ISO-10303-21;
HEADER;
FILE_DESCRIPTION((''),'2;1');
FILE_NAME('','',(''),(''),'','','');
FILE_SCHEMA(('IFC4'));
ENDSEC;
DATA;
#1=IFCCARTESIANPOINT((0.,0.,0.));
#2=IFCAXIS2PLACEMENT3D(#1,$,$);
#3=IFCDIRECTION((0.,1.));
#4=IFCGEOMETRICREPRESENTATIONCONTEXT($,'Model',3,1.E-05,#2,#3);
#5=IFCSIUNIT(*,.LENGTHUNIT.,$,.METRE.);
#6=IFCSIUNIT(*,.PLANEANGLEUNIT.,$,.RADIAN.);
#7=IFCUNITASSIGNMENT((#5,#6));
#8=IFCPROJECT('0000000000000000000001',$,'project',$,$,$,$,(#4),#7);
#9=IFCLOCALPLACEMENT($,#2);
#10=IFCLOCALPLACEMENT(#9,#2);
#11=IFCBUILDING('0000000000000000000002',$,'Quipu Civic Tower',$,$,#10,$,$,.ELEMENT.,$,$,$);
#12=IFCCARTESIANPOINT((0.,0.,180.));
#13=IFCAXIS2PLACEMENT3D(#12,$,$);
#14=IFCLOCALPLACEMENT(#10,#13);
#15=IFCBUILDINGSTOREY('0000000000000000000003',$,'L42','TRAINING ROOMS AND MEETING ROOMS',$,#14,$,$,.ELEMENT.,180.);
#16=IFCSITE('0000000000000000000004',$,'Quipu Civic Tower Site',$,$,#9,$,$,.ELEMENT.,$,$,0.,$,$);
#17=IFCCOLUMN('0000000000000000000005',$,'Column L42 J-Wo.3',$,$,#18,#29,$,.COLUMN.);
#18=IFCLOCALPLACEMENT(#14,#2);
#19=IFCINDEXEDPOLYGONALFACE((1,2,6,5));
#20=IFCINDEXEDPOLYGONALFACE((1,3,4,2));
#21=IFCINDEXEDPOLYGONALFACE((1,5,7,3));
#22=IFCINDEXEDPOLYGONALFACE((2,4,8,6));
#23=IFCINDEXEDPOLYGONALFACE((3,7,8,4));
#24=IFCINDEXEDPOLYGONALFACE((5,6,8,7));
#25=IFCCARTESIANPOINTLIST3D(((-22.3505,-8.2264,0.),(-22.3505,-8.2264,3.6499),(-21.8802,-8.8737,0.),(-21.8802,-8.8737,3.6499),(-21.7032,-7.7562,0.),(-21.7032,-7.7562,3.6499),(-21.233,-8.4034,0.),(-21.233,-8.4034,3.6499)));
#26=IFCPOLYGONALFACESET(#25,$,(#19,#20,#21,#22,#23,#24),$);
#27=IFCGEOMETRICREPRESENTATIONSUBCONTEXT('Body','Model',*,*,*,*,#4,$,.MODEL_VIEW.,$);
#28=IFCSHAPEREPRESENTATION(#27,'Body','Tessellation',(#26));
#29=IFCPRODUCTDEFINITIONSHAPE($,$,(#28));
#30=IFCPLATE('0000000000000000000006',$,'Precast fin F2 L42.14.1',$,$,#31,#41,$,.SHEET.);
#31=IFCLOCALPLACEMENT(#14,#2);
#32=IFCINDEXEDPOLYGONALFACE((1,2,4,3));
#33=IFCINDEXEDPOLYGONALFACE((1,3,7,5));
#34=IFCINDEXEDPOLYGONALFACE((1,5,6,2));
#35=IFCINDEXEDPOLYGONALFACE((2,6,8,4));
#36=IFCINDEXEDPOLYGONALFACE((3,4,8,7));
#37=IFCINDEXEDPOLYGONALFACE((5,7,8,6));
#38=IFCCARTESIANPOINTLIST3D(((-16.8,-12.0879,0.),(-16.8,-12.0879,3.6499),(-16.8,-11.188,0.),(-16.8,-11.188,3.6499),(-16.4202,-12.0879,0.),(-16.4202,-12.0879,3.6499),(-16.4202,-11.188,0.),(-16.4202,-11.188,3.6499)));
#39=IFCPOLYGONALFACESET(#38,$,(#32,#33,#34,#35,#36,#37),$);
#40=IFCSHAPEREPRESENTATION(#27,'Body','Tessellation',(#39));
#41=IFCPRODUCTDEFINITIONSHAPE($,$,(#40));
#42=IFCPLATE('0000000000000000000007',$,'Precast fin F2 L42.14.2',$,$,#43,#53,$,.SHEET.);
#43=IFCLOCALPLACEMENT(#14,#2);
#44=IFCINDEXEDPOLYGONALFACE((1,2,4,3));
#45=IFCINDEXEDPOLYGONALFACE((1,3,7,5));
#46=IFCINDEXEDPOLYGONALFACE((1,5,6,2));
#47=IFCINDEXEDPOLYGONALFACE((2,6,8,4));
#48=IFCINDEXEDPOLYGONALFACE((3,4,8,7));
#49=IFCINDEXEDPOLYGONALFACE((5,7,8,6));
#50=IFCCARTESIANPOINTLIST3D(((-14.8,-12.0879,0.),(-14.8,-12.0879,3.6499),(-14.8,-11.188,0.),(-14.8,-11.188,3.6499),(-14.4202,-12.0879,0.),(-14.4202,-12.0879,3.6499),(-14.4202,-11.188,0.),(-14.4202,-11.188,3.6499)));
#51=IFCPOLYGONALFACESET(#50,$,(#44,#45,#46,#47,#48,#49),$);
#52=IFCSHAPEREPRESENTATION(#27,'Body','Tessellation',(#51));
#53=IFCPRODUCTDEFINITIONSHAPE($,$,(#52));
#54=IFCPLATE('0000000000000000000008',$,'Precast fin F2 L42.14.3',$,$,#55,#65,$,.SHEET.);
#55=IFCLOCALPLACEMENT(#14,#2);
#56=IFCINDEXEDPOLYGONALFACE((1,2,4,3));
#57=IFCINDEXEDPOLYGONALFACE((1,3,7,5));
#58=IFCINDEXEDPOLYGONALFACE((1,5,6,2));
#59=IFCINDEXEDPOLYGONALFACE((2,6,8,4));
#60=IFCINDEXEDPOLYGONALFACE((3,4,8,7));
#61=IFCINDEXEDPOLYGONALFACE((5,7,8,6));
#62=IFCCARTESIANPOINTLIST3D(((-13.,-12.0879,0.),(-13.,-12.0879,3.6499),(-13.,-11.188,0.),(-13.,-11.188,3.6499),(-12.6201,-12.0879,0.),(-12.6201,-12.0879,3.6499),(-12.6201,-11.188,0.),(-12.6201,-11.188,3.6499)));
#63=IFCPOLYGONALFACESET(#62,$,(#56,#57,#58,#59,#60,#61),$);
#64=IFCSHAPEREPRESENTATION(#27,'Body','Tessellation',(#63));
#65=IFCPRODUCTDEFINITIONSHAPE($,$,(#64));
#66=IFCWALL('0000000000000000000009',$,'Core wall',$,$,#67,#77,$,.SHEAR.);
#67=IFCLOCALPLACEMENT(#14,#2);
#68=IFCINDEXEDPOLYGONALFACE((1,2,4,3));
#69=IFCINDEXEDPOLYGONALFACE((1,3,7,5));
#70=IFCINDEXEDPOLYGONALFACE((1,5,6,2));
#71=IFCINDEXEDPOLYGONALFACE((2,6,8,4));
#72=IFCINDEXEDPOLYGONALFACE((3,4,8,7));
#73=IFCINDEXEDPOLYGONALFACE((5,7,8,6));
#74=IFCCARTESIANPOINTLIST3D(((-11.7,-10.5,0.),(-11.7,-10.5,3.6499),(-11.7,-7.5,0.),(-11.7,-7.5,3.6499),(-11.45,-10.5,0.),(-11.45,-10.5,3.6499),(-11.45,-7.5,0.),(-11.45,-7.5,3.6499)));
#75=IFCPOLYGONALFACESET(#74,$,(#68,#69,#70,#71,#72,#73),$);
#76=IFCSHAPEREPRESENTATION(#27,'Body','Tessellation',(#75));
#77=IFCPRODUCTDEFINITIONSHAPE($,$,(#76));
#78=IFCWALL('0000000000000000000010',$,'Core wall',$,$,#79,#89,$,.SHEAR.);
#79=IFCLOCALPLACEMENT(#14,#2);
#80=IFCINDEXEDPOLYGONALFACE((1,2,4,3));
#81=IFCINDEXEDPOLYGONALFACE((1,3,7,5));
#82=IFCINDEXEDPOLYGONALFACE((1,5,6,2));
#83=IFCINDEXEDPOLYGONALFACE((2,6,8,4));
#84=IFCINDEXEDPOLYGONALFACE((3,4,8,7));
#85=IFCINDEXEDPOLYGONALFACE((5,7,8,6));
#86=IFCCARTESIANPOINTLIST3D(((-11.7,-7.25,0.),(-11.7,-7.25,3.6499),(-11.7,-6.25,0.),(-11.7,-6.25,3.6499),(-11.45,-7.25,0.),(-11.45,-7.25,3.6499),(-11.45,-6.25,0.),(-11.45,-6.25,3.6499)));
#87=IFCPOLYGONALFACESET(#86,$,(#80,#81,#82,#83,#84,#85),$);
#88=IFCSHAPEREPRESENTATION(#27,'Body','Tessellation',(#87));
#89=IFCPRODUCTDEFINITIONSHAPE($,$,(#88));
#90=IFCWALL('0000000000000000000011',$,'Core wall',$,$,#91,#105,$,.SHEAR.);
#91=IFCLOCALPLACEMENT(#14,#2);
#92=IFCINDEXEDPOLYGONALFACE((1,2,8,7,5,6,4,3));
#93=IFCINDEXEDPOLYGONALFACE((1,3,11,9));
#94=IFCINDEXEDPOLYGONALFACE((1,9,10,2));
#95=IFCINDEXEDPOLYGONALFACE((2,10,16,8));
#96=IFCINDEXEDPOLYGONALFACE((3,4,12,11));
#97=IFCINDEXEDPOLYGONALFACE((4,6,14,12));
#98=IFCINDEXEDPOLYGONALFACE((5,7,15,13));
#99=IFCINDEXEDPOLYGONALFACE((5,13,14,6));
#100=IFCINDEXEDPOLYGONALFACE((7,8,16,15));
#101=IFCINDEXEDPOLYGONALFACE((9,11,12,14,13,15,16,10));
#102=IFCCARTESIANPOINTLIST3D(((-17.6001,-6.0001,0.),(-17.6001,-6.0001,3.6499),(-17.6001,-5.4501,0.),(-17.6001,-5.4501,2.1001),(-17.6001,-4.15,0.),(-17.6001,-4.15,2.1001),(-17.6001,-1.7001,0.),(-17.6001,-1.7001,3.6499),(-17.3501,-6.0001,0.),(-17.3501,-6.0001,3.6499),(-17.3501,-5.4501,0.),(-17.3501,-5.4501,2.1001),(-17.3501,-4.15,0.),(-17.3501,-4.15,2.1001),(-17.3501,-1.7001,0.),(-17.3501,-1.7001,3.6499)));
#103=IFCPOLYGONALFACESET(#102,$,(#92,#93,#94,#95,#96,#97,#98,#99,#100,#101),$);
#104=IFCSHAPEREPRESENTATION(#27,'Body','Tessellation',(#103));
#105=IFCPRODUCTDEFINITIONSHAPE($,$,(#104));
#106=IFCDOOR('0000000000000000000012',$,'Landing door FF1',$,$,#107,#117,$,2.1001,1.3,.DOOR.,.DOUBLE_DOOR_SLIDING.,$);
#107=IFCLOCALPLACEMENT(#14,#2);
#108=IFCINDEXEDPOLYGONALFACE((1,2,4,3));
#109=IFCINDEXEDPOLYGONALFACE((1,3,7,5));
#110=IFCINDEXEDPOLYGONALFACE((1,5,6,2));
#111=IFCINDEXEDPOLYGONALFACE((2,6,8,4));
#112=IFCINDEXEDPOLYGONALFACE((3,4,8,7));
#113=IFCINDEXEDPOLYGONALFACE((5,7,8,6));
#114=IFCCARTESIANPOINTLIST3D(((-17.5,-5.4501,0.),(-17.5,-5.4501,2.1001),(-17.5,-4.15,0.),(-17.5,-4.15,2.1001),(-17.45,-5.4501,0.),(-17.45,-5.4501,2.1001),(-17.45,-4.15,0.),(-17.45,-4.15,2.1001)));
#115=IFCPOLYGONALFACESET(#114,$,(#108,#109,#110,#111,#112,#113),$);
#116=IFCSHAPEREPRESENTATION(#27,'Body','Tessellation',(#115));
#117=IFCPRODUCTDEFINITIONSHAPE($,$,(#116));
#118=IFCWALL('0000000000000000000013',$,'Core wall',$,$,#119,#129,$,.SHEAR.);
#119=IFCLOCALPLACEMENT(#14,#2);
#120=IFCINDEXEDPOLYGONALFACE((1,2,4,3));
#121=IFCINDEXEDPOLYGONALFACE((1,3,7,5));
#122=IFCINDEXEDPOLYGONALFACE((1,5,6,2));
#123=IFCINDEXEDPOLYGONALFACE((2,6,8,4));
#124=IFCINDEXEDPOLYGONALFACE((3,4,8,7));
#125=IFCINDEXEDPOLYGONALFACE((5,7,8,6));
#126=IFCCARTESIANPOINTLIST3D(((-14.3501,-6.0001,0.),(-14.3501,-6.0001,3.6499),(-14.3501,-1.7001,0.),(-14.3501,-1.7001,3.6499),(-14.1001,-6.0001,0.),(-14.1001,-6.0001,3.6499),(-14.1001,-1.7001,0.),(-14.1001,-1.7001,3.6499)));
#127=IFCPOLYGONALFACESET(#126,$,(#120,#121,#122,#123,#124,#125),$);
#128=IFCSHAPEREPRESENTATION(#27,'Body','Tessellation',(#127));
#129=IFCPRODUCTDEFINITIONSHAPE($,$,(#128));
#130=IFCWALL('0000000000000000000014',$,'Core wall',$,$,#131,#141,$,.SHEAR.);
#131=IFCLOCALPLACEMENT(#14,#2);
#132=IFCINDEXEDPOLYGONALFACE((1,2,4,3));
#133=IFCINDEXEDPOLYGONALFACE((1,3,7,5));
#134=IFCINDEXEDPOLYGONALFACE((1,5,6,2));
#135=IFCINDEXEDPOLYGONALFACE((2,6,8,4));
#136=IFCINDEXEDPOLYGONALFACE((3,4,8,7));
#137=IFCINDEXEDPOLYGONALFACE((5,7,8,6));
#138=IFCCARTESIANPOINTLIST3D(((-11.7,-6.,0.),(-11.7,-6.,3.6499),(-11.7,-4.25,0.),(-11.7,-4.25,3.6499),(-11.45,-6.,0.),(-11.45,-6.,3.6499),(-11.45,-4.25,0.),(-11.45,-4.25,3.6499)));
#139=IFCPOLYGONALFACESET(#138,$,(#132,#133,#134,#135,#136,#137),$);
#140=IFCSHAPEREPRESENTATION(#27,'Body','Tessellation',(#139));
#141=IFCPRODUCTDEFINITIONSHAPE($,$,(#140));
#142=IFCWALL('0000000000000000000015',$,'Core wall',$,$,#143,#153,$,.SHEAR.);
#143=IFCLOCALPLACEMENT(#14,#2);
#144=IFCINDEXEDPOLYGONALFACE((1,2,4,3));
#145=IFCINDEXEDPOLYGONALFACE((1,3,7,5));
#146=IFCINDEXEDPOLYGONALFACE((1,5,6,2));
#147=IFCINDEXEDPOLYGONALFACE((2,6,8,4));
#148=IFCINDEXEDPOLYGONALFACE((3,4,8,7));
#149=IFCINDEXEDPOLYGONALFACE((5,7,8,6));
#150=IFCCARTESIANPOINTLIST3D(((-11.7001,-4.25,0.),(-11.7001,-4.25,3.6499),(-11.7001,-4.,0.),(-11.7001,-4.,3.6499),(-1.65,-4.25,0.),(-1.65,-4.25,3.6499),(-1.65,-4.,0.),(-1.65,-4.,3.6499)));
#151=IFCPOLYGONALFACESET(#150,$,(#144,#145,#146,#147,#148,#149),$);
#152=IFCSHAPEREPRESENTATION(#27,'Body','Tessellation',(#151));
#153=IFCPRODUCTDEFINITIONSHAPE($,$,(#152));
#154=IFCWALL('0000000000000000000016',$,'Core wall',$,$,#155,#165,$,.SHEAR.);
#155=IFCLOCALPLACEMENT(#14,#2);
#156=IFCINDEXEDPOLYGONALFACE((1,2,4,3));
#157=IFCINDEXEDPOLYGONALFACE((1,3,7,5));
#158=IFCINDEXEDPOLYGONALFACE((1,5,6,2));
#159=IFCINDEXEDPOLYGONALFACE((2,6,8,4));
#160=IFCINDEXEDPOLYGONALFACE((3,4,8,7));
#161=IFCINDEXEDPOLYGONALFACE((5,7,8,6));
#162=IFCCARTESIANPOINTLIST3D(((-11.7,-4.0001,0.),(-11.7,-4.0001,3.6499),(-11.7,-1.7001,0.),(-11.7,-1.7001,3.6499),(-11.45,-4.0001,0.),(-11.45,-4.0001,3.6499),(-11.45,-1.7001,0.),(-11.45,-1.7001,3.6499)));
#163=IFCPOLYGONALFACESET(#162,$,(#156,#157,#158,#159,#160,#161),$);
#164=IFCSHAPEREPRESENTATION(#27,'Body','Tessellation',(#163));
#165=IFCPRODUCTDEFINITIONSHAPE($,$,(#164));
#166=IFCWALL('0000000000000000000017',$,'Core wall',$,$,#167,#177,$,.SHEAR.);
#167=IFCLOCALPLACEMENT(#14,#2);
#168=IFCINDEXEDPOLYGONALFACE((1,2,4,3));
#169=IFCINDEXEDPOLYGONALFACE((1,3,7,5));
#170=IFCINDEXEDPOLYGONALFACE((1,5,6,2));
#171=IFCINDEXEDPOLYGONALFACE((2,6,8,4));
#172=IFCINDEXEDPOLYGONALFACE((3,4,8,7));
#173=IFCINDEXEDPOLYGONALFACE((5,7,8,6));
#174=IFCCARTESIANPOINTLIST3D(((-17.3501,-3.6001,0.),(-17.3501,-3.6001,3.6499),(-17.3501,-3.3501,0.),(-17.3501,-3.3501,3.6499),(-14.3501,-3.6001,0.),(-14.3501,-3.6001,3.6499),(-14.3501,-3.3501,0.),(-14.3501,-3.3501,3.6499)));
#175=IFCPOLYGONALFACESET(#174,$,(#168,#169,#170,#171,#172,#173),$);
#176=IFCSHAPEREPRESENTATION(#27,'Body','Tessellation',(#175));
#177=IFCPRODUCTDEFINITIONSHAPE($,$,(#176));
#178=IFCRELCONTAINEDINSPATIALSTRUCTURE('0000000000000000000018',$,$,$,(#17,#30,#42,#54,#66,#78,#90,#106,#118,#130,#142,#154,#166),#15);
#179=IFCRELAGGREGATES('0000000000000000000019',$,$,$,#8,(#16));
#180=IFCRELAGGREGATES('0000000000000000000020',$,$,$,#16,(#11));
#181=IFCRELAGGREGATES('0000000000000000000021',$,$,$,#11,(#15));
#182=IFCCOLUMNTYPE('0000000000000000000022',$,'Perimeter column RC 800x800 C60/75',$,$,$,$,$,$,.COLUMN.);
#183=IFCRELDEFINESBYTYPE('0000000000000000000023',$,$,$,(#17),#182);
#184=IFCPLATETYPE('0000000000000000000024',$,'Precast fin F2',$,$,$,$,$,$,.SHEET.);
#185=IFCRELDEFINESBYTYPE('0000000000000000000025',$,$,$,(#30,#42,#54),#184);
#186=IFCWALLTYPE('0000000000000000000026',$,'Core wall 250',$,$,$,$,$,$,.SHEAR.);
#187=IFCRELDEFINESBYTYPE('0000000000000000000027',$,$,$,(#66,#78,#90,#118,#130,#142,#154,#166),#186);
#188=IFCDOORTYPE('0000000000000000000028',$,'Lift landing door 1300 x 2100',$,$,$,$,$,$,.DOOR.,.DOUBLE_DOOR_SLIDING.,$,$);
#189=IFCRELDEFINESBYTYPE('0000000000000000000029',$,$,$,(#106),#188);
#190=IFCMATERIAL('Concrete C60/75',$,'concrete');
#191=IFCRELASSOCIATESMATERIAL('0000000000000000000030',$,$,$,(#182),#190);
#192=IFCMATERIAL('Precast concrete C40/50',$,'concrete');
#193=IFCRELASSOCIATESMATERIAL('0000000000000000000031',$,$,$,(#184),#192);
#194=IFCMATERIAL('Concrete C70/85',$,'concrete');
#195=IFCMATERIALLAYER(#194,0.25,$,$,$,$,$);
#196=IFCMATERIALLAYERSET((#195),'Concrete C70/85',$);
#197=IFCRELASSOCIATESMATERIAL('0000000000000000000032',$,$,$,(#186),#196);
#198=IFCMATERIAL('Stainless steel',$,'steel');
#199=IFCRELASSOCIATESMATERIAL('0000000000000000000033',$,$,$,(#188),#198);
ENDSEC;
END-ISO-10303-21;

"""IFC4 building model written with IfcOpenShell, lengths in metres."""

from ifc_helpers import new_model, si_unit, direction, frame, frame_2d, origin, origin_2d, place, context, subcontext, project, spatial, rectangle, extrude, material, layer, layer_set, material_profile, profile_set, type_object, element, fill, save


model = new_model("IFC4")

# Units and contexts
model_context = context("Model", 3, precision=1e-05, world=origin(), true_north=direction((0.0, 1.0)))
body_context = subcontext(model_context, "Body", "Model", "MODEL_VIEW")
ifc_project = project(units=[si_unit("LENGTHUNIT", "METRE"), si_unit("PLANEANGLEUNIT", "RADIAN")], contexts=[model_context])

# Site, building, storey
site_placement = place(None, origin())
site = spatial("IfcSite", under=ifc_project, at=site_placement, Name="Quipu Civic Tower Site", CompositionType="ELEMENT", RefElevation=0.0)
building_placement = place(site_placement, origin())
building = spatial("IfcBuilding", under=site, at=building_placement, Name="Quipu Civic Tower", CompositionType="ELEMENT")
storey_placement = place(building_placement, frame((0.0, 0.0, 180.0)))
storey = spatial("IfcBuildingStorey", under=building, at=storey_placement, Name="L42", Description="TRAINING ROOMS AND MEETING ROOMS", CompositionType="ELEMENT", Elevation=180.0)

# Column
ifc_material_1 = material(Name="Concrete C60/75", Category="concrete")
ifc_material_profile = material_profile(ifc_material_1, rectangle(XDim=0.8, YDim=0.8, at=origin_2d()), Name="RC800x800")
ifc_profile_set = profile_set([ifc_material_profile], Name="Concrete C60/75")
column_type = type_object("IfcColumnType", Name="Perimeter column RC 800x800 C60/75", PredefinedType="COLUMN", material=ifc_profile_set)
column_placement = place(storey_placement, frame((-21.7917, -8.3149, 0.0), z_axis=(0.0, 0.0, 1.0), x_axis=(0.587785, -0.809017, 0.0)))
element("IfcColumn", 1, at=column_placement, inside=storey, type_object=column_type, Name="Column L42 J-Wo.3", PredefinedType="COLUMN", context=body_context, shape_type="SweptSolid", body=[
    extrude(rectangle(XDim=0.8, YDim=0.8, at=origin_2d()), origin(), (0.0, 0.0, 1.0), 3.6499),
])

# Plates
ifc_material_2 = material(Name="Precast concrete C40/50", Category="concrete")
plate_type = type_object("IfcPlateType", Name="Precast fin F2", PredefinedType="SHEET", material=ifc_material_2)
for number, where, z_axis, x_axis, name in (
    (2, (-16.6101, -11.6379, 0.0), (0.0, 0.0, 1.0), (1.0, 0.0, 0.0), "Precast fin F2 L42.14.1"),
    (3, (-14.6101, -11.6379, 0.0), (0.0, 0.0, 1.0), (1.0, 0.0, 0.0), "Precast fin F2 L42.14.2"),
    (4, (-12.8101, -11.6379, 0.0), (0.0, 0.0, 1.0), (1.0, 0.0, 0.0), "Precast fin F2 L42.14.3"),
):
    element("IfcPlate", number, at=place(storey_placement, frame(where, z_axis=z_axis, x_axis=x_axis)), inside=storey, type_object=plate_type, Name=name, PredefinedType="SHEET", context=body_context, shape_type="SweptSolid", body=[
        extrude(rectangle(XDim=0.3799, YDim=0.8999, at=origin_2d()), origin(), (0.0, 0.0, 1.0), 3.6499),
    ])

# Walls
ifc_material_3 = material(Name="Concrete C70/85", Category="concrete")
ifc_layer_1 = layer(ifc_material_3, 0.25)
ifc_layer_set_1 = layer_set([ifc_layer_1], Name="Concrete C70/85")
wall_type_1 = type_object("IfcWallType", Name="Core wall 250", PredefinedType="SHEAR", material=ifc_layer_set_1)
wall_1_placement = place(storey_placement, frame((-11.575, -10.5, 0.0), z_axis=(0.0, 0.0, 1.0), x_axis=(0.0, 1.0, 0.0)))
element("IfcWall", 5, at=wall_1_placement, inside=storey, type_object=wall_type_1, Name="Core wall", PredefinedType="SHEAR", context=body_context, shape_type="SweptSolid", body=[
    extrude(rectangle(XDim=3.0, YDim=0.25, at=frame_2d((1.5, 0.0))), origin(), (0.0, 0.0, 1.0), 3.6499),
])
wall_2_placement = place(storey_placement, frame((-11.575, -7.25, 0.0), z_axis=(0.0, 0.0, 1.0), x_axis=(0.0, 1.0, 0.0)))
element("IfcWall", 6, at=wall_2_placement, inside=storey, type_object=wall_type_1, Name="Core wall", PredefinedType="SHEAR", context=body_context, shape_type="SweptSolid", body=[
    extrude(rectangle(XDim=1.0, YDim=0.25, at=frame_2d((0.5, 0.0))), origin(), (0.0, 0.0, 1.0), 3.6499),
])

# Wall, opening, door
wall_3_placement = place(storey_placement, frame((-17.4751, -6.0, 0.0), z_axis=(0.0, 0.0, 1.0), x_axis=(0.0, 1.0, 0.0)))
wall_3 = element("IfcWall", 7, at=wall_3_placement, inside=storey, type_object=wall_type_1, Name="Core wall", PredefinedType="SHEAR", context=body_context, shape_type="SweptSolid", body=[
    extrude(rectangle(XDim=4.3, YDim=0.25, at=frame_2d((2.1499, 0.0))), origin(), (0.0, 0.0, 1.0), 3.6499),
])
opening_1_placement = place(wall_3_placement, frame((0.55, 0.0, 0.0)))
opening_1 = element("IfcOpeningElement", 8, at=opening_1_placement, cuts=wall_3, PredefinedType="OPENING", context=body_context, shape_type="SweptSolid", body=[
    extrude(rectangle(XDim=1.3, YDim=2.1001, at=frame_2d((0.6499, 1.05))), frame((0.0, 0.135, 0.0), z_axis=(0.0, -1.0, 0.0), x_axis=(1.0, 0.0, 0.0)), (0.0, 0.0, 1.0), 0.27),
])
ifc_material_4 = material(Name="Stainless steel", Category="steel")
door_type_1 = type_object("IfcDoorType", Name="Lift landing door 1300 x 2100", OperationType="DOUBLE_DOOR_SLIDING", PredefinedType="DOOR", material=ifc_material_4)
door_1_placement = place(opening_1_placement, origin())
door_1 = element("IfcDoor", 9, at=door_1_placement, inside=storey, type_object=door_type_1, Name="Landing door FF1", OperationType="DOUBLE_DOOR_SLIDING", OverallHeight=2.1001, OverallWidth=1.3, PredefinedType="DOOR", context=body_context, shape_type="SweptSolid", body=[
    extrude(rectangle(XDim=1.3, YDim=2.1001, at=frame_2d((0.6499, 1.05))), frame((0.0, 0.0249, 0.0), z_axis=(0.0, -1.0, 0.0), x_axis=(1.0, 0.0, 0.0)), (0.0, 0.0, 1.0), 0.05),
])
fill(opening_1, door_1)

# Walls
wall_4_placement = place(storey_placement, frame((-14.2251, -6.0, 0.0), z_axis=(0.0, 0.0, 1.0), x_axis=(0.0, 1.0, 0.0)))
element("IfcWall", 10, at=wall_4_placement, inside=storey, type_object=wall_type_1, Name="Core wall", PredefinedType="SHEAR", context=body_context, shape_type="SweptSolid", body=[
    extrude(rectangle(XDim=4.3, YDim=0.25, at=frame_2d((2.1499, 0.0))), origin(), (0.0, 0.0, 1.0), 3.6499),
])
wall_5_placement = place(storey_placement, frame((-11.575, -6.0, 0.0), z_axis=(0.0, 0.0, 1.0), x_axis=(0.0, 1.0, 0.0)))
element("IfcWall", 11, at=wall_5_placement, inside=storey, type_object=wall_type_1, Name="Core wall", PredefinedType="SHEAR", context=body_context, shape_type="SweptSolid", body=[
    extrude(rectangle(XDim=1.75, YDim=0.25, at=frame_2d((0.875, 0.0))), origin(), (0.0, 0.0, 1.0), 3.6499),
])
wall_6_placement = place(storey_placement, frame((-11.7, -4.125, 0.0), z_axis=(0.0, 0.0, 1.0), x_axis=(1.0, 0.0, 0.0)))
element("IfcWall", 12, at=wall_6_placement, inside=storey, type_object=wall_type_1, Name="Core wall", PredefinedType="SHEAR", context=body_context, shape_type="SweptSolid", body=[
    extrude(rectangle(XDim=10.05, YDim=0.25, at=frame_2d((5.0249, 0.0))), origin(), (0.0, 0.0, 1.0), 3.6499),
])
wall_7_placement = place(storey_placement, frame((-11.575, -4.0, 0.0), z_axis=(0.0, 0.0, 1.0), x_axis=(0.0, 1.0, 0.0)))
element("IfcWall", 13, at=wall_7_placement, inside=storey, type_object=wall_type_1, Name="Core wall", PredefinedType="SHEAR", context=body_context, shape_type="SweptSolid", body=[
    extrude(rectangle(XDim=2.3, YDim=0.25, at=frame_2d((1.1499, 0.0))), origin(), (0.0, 0.0, 1.0), 3.6499),
])
wall_8_placement = place(storey_placement, frame((-17.3501, -3.4751, 0.0), z_axis=(0.0, 0.0, 1.0), x_axis=(1.0, 0.0, 0.0)))
element("IfcWall", 14, at=wall_8_placement, inside=storey, type_object=wall_type_1, Name="Core wall", PredefinedType="SHEAR", context=body_context, shape_type="SweptSolid", body=[
    extrude(rectangle(XDim=3.0, YDim=0.25, at=frame_2d((1.5, 0.0))), origin(), (0.0, 0.0, 1.0), 3.6499),
])

save(model, "model.ifc")
